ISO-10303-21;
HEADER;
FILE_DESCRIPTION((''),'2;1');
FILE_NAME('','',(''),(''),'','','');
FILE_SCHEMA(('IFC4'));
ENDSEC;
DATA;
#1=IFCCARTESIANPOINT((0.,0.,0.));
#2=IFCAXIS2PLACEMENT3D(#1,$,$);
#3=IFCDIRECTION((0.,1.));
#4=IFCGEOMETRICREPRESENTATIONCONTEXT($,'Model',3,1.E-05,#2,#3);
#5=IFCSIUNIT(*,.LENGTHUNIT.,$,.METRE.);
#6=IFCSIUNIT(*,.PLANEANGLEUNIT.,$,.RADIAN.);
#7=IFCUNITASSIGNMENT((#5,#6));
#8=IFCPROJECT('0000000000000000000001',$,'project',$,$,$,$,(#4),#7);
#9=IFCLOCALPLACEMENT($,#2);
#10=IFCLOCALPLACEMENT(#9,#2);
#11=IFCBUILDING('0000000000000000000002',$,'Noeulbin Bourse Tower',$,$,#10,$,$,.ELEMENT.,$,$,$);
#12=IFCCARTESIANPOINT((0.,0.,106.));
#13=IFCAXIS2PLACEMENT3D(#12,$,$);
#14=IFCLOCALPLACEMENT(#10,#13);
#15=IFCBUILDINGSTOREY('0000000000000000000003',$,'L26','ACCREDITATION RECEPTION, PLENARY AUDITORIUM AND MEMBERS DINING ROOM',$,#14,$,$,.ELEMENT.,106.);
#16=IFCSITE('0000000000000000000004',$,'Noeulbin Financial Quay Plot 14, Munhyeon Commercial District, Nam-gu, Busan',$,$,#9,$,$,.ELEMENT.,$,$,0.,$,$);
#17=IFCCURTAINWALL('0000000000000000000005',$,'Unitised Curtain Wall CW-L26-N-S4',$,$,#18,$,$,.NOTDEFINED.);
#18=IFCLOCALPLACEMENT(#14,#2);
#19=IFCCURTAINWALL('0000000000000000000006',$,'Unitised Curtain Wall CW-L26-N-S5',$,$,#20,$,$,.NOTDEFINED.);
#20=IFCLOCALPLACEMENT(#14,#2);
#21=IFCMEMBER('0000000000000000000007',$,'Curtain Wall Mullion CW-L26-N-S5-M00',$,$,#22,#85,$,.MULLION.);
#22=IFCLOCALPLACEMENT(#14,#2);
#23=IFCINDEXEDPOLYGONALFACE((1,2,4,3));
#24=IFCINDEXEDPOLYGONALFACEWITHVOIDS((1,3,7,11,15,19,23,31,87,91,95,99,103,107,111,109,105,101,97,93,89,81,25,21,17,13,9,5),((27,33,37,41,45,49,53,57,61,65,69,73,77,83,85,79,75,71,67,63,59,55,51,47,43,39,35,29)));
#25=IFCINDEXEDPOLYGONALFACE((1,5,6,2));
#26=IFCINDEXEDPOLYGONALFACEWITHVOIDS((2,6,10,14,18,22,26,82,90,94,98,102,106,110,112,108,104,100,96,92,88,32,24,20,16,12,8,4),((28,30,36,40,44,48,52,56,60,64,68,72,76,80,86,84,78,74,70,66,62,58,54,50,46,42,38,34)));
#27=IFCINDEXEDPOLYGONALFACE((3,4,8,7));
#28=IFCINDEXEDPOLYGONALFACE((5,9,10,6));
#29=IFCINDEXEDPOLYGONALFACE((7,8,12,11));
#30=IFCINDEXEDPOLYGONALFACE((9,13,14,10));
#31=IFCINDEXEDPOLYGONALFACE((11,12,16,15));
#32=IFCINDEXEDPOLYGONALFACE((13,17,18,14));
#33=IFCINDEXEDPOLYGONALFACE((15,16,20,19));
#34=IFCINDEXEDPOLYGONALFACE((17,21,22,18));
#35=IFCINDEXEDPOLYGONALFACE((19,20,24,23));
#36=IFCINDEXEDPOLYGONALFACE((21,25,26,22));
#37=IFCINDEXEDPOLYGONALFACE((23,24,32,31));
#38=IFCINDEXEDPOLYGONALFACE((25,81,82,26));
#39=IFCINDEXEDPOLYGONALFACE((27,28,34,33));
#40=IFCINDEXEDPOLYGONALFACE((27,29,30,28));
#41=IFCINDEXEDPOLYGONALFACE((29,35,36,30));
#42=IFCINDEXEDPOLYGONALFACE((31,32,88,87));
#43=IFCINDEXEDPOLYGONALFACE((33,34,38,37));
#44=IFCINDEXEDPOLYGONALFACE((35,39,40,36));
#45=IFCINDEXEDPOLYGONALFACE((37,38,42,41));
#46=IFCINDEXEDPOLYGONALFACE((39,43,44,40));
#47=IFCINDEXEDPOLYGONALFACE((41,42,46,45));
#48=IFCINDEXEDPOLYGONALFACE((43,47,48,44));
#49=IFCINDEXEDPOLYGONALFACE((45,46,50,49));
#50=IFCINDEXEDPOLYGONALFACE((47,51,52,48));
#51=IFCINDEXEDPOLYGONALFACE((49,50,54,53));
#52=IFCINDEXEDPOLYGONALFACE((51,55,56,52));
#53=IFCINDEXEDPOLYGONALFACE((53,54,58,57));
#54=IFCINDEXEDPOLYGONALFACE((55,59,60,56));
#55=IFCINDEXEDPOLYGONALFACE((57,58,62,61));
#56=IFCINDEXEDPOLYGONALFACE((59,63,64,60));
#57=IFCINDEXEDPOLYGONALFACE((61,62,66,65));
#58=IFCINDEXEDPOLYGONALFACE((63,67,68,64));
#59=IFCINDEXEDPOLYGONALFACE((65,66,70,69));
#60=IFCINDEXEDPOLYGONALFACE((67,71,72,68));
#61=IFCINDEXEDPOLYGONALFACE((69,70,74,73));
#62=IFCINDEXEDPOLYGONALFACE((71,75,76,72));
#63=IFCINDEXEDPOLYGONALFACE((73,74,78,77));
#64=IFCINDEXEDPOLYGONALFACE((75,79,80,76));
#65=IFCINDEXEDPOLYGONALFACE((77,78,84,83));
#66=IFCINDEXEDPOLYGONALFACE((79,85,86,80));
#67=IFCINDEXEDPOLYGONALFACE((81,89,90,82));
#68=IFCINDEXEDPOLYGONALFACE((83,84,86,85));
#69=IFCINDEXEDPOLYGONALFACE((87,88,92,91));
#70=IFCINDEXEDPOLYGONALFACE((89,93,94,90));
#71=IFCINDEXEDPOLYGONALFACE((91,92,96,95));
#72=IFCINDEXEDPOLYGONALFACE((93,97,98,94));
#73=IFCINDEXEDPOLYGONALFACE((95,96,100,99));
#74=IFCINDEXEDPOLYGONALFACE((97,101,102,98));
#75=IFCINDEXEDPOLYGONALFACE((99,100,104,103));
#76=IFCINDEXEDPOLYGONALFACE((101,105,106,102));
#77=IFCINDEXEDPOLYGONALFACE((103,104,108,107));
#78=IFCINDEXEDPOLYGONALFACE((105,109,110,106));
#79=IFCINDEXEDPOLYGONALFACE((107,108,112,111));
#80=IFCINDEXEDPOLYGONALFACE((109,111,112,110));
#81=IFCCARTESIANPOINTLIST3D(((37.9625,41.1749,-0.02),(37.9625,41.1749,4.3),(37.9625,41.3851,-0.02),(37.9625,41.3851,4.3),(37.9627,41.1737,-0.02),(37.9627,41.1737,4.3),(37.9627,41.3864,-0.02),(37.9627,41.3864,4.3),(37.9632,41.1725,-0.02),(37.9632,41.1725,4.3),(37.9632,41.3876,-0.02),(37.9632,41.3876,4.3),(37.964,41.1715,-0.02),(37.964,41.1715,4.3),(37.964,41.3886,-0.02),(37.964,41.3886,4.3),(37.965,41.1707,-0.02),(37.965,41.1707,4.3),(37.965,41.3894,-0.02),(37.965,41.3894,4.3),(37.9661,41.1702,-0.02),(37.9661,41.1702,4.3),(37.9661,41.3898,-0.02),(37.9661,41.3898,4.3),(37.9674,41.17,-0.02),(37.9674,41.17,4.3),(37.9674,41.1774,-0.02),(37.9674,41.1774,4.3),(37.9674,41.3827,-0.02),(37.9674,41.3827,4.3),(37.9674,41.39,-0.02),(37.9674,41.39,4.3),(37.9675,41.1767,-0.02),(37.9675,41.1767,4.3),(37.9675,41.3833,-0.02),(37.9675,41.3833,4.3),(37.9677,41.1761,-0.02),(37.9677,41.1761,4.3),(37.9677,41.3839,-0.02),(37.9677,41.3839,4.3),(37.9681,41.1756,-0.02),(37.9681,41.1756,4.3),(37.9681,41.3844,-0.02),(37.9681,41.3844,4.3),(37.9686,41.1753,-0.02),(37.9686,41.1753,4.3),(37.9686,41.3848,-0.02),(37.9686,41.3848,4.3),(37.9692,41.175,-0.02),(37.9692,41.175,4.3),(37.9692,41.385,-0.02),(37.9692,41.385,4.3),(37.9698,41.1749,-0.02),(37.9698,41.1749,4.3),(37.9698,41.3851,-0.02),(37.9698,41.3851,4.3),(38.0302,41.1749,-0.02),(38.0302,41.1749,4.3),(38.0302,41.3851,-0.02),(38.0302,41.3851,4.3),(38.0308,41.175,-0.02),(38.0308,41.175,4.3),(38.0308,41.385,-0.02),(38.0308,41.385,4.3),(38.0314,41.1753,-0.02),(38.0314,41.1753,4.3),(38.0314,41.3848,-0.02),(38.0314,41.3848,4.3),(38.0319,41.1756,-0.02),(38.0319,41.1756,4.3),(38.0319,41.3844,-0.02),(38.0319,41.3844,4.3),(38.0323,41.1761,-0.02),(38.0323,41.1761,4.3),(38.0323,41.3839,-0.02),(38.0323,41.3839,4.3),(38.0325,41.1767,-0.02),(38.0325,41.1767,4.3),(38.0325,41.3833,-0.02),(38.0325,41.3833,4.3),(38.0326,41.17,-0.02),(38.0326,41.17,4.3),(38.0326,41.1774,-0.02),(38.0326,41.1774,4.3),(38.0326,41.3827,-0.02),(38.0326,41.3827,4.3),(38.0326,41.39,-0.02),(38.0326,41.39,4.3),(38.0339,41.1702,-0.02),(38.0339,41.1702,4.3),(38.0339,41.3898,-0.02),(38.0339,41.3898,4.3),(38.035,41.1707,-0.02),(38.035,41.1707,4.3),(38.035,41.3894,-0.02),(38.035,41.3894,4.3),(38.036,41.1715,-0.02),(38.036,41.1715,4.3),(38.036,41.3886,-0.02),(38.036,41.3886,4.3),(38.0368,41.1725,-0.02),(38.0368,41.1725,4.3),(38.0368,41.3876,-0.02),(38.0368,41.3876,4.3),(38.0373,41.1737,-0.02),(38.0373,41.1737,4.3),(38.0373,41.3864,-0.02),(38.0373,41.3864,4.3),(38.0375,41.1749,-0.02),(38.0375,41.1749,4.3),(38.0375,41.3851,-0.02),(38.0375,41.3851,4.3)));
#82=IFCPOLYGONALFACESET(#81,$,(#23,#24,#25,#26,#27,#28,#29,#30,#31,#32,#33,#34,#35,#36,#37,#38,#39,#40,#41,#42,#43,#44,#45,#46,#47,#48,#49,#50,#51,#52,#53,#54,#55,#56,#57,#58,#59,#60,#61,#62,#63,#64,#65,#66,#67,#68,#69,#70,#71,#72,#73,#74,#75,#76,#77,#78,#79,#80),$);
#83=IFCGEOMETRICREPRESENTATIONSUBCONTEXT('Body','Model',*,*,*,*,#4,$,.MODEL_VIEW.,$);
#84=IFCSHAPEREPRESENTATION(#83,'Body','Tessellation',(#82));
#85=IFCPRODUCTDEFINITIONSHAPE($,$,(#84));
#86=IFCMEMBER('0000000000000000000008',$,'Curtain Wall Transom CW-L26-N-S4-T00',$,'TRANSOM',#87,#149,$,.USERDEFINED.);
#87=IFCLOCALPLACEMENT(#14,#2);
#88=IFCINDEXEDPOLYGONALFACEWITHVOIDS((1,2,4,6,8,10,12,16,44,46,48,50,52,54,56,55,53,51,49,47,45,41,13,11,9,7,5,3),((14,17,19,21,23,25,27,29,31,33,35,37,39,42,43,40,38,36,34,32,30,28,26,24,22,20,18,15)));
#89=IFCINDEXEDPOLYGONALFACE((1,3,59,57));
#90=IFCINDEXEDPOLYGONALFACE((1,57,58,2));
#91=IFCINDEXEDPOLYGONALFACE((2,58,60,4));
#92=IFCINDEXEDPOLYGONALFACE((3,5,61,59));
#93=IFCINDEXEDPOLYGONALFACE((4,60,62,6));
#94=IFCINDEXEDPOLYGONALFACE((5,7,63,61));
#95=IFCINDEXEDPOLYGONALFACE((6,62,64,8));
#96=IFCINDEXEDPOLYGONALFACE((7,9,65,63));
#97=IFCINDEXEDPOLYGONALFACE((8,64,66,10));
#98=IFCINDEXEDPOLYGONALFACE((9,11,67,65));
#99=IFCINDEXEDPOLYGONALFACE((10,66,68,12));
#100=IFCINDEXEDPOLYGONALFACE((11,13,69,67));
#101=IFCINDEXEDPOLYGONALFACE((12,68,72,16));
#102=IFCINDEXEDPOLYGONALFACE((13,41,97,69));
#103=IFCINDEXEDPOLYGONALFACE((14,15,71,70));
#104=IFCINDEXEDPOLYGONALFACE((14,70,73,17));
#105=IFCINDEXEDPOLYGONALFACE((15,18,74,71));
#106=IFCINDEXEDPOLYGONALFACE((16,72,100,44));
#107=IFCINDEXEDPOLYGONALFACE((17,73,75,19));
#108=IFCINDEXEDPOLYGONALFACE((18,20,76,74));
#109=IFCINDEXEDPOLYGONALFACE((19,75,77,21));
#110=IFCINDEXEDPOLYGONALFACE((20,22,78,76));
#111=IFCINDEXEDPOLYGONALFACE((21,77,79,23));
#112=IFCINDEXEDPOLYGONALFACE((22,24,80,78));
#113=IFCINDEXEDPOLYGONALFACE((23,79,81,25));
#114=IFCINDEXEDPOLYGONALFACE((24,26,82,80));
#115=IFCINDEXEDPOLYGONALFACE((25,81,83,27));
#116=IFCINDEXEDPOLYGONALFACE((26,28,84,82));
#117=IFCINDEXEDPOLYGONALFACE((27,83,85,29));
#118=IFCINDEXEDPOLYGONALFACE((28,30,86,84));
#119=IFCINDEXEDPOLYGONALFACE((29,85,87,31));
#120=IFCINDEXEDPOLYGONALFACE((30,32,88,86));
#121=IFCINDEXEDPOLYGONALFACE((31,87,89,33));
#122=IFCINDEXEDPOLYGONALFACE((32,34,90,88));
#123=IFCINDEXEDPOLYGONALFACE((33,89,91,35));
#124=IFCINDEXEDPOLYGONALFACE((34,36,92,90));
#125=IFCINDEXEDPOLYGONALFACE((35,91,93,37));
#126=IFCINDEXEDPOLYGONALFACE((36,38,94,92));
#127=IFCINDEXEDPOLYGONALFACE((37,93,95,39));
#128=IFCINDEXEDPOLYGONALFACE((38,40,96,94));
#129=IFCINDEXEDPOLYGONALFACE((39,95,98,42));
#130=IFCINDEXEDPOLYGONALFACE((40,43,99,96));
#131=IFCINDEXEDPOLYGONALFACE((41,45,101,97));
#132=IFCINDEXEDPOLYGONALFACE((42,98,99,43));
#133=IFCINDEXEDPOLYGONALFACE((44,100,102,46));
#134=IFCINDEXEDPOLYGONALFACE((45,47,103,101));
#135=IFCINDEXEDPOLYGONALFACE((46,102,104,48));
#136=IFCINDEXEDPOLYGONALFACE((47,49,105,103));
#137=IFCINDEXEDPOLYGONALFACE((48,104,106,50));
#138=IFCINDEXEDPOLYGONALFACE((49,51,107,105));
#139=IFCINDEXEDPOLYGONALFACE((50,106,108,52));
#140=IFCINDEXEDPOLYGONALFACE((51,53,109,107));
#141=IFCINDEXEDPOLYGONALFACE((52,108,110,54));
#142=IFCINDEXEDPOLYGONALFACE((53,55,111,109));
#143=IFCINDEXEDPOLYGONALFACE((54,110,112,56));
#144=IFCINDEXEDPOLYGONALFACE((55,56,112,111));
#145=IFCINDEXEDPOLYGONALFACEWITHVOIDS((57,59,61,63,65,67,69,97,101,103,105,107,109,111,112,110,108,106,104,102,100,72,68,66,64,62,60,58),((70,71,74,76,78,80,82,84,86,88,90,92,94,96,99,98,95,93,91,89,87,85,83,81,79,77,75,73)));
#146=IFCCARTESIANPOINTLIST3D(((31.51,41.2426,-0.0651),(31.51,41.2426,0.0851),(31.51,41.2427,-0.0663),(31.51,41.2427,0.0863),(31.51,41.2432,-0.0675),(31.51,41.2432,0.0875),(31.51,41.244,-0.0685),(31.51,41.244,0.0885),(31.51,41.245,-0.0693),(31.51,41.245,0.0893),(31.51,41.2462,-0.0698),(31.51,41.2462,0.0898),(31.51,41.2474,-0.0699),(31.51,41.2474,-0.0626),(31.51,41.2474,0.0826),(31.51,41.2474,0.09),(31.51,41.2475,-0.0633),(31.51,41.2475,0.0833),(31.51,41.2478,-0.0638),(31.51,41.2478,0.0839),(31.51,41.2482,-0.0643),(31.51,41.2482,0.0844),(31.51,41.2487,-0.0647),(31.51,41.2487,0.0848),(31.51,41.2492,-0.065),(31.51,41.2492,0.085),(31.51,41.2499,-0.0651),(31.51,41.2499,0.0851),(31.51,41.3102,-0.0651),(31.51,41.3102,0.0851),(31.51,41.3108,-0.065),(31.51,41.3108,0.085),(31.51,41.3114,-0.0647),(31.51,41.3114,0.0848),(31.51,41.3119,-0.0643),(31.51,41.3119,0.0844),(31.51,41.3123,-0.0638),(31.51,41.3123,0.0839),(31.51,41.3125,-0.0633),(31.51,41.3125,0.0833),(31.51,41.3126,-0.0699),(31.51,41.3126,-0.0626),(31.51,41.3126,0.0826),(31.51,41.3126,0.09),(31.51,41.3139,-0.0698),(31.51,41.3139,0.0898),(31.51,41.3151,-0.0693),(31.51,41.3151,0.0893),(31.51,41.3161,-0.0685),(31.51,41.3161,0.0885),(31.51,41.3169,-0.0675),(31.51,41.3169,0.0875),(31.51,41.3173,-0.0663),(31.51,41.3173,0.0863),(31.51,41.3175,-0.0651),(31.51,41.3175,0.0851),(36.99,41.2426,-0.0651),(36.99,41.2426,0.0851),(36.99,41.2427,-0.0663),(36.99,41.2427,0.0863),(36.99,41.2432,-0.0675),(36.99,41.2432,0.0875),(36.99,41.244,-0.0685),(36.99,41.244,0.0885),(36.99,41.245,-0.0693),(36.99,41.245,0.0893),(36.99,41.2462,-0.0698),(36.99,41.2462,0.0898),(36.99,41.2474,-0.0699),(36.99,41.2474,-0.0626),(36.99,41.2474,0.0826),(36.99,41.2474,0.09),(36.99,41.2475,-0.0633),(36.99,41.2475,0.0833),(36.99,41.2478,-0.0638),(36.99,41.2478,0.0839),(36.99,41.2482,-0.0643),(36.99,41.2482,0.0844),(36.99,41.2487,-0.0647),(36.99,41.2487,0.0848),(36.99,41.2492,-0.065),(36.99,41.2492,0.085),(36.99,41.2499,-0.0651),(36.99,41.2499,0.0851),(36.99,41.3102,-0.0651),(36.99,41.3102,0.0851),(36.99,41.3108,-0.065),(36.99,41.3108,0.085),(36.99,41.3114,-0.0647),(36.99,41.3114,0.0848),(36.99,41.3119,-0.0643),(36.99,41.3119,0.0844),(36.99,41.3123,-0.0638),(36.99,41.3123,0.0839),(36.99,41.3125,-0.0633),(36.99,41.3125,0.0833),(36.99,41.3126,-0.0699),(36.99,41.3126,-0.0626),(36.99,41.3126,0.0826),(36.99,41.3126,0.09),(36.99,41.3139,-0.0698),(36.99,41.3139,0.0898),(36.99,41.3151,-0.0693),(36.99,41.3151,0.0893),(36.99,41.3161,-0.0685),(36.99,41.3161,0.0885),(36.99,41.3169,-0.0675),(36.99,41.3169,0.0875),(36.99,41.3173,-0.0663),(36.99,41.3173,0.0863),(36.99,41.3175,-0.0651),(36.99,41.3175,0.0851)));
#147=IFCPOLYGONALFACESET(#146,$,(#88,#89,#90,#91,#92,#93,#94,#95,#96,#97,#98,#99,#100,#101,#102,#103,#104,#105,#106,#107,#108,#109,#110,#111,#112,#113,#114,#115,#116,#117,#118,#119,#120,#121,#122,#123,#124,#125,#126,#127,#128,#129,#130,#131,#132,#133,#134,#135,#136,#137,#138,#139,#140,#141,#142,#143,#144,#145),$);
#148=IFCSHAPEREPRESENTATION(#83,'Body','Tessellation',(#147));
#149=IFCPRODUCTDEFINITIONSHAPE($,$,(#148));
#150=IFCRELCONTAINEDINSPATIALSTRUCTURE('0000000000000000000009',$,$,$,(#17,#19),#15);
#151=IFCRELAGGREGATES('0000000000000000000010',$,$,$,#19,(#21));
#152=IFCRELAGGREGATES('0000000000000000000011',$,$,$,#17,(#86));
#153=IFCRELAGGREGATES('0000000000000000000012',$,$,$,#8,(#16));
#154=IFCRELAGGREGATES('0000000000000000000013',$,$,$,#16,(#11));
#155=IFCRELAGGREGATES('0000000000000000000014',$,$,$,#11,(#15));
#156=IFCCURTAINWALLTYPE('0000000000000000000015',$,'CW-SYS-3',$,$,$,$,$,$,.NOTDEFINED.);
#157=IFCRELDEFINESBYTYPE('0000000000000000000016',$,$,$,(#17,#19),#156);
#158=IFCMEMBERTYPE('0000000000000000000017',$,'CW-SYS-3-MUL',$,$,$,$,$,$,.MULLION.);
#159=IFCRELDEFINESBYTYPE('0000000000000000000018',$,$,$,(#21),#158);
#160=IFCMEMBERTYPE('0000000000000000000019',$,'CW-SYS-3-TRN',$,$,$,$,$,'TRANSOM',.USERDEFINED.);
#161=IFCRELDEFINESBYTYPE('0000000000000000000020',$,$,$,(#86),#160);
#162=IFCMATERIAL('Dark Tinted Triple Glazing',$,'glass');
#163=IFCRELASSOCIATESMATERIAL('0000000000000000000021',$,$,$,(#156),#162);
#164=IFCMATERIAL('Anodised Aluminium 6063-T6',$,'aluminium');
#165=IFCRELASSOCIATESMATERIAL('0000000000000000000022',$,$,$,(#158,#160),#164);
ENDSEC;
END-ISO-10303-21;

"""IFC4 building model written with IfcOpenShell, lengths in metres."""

from ifc_helpers import new_model, si_unit, direction, frame, origin, origin_2d, place, context, subcontext, project, spatial, hollow_rectangle, extrude, material, material_profile, profile_set, type_object, element, aggregate, save


model = new_model("IFC4")

# Units and contexts
model_context = context("Model", 3, precision=1e-05, world=origin(), true_north=direction((0.0, 1.0)))
body_context = subcontext(model_context, "Body", "Model", "MODEL_VIEW")
ifc_project = project(units=[si_unit("LENGTHUNIT", "METRE"), si_unit("PLANEANGLEUNIT", "RADIAN")], contexts=[model_context])

# Site, building, storey
site_placement = place(None, origin())
site = spatial("IfcSite", under=ifc_project, at=site_placement, Name="Noeulbin Financial Quay Plot 14, Munhyeon Commercial District, Nam-gu, Busan", CompositionType="ELEMENT", RefElevation=0.0)
building_placement = place(site_placement, origin())
building = spatial("IfcBuilding", under=site, at=building_placement, Name="Noeulbin Bourse Tower", CompositionType="ELEMENT")
storey_placement = place(building_placement, frame((0.0, 0.0, 106.0)))
storey = spatial("IfcBuildingStorey", under=building, at=storey_placement, Name="L26", Description="ACCREDITATION RECEPTION, PLENARY AUDITORIUM AND MEMBERS DINING ROOM", CompositionType="ELEMENT", Elevation=106.0)

# Shared definitions
ifc_material_1 = material(Name="Dark Tinted Triple Glazing", Category="glass")
curtain_wall_type = type_object("IfcCurtainWallType", Name="CW-SYS-3", PredefinedType="NOTDEFINED", material=ifc_material_1)
ifc_material_2 = material(Name="Anodised Aluminium 6063-T6", Category="aluminium")
ifc_material_profile_1 = material_profile(ifc_material_2, hollow_rectangle(XDim=0.075, YDim=0.22, WallThickness=0.0049, InnerFilletRadius=0.0024, OuterFilletRadius=0.0049, at=origin_2d()), Name="ALU-MULL-75x220x5", Category="LoadBearing")
ifc_profile_set_1 = profile_set([ifc_material_profile_1], Name="Anodised Aluminium 6063-T6")
member_type_1 = type_object("IfcMemberType", Name="CW-SYS-3-MUL", PredefinedType="MULLION", material=ifc_profile_set_1)

# Curtain wall
curtain_wall_1_placement = place(storey_placement, origin())
curtain_wall_1 = element("IfcCurtainWall", 1, at=curtain_wall_1_placement, inside=storey, type_object=curtain_wall_type, Name="Unitised Curtain Wall CW-L26-N-S4", PredefinedType="NOTDEFINED")

# Curtain wall, member
curtain_wall_2_placement = place(storey_placement, origin())
curtain_wall_2 = element("IfcCurtainWall", 2, at=curtain_wall_2_placement, inside=storey, type_object=curtain_wall_type, Name="Unitised Curtain Wall CW-L26-N-S5", PredefinedType="NOTDEFINED")
member_1_placement = place(storey_placement, frame((38.0, 41.28, -0.02), z_axis=(0.0, 0.0, 1.0), x_axis=(1.0, 0.0, 0.0)))
member_1 = element("IfcMember", 3, at=member_1_placement, type_object=member_type_1, Name="Curtain Wall Mullion CW-L26-N-S5-M00", PredefinedType="MULLION", context=body_context, shape_type="SweptSolid", body=[
    extrude(hollow_rectangle(XDim=0.075, YDim=0.22, WallThickness=0.0049, InnerFilletRadius=0.0024, OuterFilletRadius=0.0049, at=origin_2d()), origin(), (0.0, 0.0, 1.0), 4.3201),
])

# Member
ifc_material_profile_2 = material_profile(ifc_material_2, hollow_rectangle(XDim=0.075, YDim=0.1599, WallThickness=0.0049, InnerFilletRadius=0.0024, OuterFilletRadius=0.0049, at=origin_2d()), Name="ALU-TRAN-75x160x5", Category="LoadBearing")
ifc_profile_set_2 = profile_set([ifc_material_profile_2], Name="Anodised Aluminium 6063-T6")
member_type_2 = type_object("IfcMemberType", Name="CW-SYS-3-TRN", ElementType="TRANSOM", PredefinedType="USERDEFINED", material=ifc_profile_set_2)
member_2_placement = place(storey_placement, frame((31.51, 41.28, 0.01), z_axis=(1.0, 0.0, 0.0), x_axis=(0.0, 1.0, 0.0)))
member_2 = element("IfcMember", 4, at=member_2_placement, type_object=member_type_2, Name="Curtain Wall Transom CW-L26-N-S4-T00", ObjectType="TRANSOM", PredefinedType="USERDEFINED", context=body_context, shape_type="SweptSolid", body=[
    extrude(hollow_rectangle(XDim=0.075, YDim=0.1599, WallThickness=0.0049, InnerFilletRadius=0.0024, OuterFilletRadius=0.0049, at=origin_2d()), origin(), (0.0, 0.0, 1.0), 5.48),
])
aggregate(curtain_wall_2, [member_1])

aggregate(curtain_wall_1, [member_2])

save(model, "model.ifc")
